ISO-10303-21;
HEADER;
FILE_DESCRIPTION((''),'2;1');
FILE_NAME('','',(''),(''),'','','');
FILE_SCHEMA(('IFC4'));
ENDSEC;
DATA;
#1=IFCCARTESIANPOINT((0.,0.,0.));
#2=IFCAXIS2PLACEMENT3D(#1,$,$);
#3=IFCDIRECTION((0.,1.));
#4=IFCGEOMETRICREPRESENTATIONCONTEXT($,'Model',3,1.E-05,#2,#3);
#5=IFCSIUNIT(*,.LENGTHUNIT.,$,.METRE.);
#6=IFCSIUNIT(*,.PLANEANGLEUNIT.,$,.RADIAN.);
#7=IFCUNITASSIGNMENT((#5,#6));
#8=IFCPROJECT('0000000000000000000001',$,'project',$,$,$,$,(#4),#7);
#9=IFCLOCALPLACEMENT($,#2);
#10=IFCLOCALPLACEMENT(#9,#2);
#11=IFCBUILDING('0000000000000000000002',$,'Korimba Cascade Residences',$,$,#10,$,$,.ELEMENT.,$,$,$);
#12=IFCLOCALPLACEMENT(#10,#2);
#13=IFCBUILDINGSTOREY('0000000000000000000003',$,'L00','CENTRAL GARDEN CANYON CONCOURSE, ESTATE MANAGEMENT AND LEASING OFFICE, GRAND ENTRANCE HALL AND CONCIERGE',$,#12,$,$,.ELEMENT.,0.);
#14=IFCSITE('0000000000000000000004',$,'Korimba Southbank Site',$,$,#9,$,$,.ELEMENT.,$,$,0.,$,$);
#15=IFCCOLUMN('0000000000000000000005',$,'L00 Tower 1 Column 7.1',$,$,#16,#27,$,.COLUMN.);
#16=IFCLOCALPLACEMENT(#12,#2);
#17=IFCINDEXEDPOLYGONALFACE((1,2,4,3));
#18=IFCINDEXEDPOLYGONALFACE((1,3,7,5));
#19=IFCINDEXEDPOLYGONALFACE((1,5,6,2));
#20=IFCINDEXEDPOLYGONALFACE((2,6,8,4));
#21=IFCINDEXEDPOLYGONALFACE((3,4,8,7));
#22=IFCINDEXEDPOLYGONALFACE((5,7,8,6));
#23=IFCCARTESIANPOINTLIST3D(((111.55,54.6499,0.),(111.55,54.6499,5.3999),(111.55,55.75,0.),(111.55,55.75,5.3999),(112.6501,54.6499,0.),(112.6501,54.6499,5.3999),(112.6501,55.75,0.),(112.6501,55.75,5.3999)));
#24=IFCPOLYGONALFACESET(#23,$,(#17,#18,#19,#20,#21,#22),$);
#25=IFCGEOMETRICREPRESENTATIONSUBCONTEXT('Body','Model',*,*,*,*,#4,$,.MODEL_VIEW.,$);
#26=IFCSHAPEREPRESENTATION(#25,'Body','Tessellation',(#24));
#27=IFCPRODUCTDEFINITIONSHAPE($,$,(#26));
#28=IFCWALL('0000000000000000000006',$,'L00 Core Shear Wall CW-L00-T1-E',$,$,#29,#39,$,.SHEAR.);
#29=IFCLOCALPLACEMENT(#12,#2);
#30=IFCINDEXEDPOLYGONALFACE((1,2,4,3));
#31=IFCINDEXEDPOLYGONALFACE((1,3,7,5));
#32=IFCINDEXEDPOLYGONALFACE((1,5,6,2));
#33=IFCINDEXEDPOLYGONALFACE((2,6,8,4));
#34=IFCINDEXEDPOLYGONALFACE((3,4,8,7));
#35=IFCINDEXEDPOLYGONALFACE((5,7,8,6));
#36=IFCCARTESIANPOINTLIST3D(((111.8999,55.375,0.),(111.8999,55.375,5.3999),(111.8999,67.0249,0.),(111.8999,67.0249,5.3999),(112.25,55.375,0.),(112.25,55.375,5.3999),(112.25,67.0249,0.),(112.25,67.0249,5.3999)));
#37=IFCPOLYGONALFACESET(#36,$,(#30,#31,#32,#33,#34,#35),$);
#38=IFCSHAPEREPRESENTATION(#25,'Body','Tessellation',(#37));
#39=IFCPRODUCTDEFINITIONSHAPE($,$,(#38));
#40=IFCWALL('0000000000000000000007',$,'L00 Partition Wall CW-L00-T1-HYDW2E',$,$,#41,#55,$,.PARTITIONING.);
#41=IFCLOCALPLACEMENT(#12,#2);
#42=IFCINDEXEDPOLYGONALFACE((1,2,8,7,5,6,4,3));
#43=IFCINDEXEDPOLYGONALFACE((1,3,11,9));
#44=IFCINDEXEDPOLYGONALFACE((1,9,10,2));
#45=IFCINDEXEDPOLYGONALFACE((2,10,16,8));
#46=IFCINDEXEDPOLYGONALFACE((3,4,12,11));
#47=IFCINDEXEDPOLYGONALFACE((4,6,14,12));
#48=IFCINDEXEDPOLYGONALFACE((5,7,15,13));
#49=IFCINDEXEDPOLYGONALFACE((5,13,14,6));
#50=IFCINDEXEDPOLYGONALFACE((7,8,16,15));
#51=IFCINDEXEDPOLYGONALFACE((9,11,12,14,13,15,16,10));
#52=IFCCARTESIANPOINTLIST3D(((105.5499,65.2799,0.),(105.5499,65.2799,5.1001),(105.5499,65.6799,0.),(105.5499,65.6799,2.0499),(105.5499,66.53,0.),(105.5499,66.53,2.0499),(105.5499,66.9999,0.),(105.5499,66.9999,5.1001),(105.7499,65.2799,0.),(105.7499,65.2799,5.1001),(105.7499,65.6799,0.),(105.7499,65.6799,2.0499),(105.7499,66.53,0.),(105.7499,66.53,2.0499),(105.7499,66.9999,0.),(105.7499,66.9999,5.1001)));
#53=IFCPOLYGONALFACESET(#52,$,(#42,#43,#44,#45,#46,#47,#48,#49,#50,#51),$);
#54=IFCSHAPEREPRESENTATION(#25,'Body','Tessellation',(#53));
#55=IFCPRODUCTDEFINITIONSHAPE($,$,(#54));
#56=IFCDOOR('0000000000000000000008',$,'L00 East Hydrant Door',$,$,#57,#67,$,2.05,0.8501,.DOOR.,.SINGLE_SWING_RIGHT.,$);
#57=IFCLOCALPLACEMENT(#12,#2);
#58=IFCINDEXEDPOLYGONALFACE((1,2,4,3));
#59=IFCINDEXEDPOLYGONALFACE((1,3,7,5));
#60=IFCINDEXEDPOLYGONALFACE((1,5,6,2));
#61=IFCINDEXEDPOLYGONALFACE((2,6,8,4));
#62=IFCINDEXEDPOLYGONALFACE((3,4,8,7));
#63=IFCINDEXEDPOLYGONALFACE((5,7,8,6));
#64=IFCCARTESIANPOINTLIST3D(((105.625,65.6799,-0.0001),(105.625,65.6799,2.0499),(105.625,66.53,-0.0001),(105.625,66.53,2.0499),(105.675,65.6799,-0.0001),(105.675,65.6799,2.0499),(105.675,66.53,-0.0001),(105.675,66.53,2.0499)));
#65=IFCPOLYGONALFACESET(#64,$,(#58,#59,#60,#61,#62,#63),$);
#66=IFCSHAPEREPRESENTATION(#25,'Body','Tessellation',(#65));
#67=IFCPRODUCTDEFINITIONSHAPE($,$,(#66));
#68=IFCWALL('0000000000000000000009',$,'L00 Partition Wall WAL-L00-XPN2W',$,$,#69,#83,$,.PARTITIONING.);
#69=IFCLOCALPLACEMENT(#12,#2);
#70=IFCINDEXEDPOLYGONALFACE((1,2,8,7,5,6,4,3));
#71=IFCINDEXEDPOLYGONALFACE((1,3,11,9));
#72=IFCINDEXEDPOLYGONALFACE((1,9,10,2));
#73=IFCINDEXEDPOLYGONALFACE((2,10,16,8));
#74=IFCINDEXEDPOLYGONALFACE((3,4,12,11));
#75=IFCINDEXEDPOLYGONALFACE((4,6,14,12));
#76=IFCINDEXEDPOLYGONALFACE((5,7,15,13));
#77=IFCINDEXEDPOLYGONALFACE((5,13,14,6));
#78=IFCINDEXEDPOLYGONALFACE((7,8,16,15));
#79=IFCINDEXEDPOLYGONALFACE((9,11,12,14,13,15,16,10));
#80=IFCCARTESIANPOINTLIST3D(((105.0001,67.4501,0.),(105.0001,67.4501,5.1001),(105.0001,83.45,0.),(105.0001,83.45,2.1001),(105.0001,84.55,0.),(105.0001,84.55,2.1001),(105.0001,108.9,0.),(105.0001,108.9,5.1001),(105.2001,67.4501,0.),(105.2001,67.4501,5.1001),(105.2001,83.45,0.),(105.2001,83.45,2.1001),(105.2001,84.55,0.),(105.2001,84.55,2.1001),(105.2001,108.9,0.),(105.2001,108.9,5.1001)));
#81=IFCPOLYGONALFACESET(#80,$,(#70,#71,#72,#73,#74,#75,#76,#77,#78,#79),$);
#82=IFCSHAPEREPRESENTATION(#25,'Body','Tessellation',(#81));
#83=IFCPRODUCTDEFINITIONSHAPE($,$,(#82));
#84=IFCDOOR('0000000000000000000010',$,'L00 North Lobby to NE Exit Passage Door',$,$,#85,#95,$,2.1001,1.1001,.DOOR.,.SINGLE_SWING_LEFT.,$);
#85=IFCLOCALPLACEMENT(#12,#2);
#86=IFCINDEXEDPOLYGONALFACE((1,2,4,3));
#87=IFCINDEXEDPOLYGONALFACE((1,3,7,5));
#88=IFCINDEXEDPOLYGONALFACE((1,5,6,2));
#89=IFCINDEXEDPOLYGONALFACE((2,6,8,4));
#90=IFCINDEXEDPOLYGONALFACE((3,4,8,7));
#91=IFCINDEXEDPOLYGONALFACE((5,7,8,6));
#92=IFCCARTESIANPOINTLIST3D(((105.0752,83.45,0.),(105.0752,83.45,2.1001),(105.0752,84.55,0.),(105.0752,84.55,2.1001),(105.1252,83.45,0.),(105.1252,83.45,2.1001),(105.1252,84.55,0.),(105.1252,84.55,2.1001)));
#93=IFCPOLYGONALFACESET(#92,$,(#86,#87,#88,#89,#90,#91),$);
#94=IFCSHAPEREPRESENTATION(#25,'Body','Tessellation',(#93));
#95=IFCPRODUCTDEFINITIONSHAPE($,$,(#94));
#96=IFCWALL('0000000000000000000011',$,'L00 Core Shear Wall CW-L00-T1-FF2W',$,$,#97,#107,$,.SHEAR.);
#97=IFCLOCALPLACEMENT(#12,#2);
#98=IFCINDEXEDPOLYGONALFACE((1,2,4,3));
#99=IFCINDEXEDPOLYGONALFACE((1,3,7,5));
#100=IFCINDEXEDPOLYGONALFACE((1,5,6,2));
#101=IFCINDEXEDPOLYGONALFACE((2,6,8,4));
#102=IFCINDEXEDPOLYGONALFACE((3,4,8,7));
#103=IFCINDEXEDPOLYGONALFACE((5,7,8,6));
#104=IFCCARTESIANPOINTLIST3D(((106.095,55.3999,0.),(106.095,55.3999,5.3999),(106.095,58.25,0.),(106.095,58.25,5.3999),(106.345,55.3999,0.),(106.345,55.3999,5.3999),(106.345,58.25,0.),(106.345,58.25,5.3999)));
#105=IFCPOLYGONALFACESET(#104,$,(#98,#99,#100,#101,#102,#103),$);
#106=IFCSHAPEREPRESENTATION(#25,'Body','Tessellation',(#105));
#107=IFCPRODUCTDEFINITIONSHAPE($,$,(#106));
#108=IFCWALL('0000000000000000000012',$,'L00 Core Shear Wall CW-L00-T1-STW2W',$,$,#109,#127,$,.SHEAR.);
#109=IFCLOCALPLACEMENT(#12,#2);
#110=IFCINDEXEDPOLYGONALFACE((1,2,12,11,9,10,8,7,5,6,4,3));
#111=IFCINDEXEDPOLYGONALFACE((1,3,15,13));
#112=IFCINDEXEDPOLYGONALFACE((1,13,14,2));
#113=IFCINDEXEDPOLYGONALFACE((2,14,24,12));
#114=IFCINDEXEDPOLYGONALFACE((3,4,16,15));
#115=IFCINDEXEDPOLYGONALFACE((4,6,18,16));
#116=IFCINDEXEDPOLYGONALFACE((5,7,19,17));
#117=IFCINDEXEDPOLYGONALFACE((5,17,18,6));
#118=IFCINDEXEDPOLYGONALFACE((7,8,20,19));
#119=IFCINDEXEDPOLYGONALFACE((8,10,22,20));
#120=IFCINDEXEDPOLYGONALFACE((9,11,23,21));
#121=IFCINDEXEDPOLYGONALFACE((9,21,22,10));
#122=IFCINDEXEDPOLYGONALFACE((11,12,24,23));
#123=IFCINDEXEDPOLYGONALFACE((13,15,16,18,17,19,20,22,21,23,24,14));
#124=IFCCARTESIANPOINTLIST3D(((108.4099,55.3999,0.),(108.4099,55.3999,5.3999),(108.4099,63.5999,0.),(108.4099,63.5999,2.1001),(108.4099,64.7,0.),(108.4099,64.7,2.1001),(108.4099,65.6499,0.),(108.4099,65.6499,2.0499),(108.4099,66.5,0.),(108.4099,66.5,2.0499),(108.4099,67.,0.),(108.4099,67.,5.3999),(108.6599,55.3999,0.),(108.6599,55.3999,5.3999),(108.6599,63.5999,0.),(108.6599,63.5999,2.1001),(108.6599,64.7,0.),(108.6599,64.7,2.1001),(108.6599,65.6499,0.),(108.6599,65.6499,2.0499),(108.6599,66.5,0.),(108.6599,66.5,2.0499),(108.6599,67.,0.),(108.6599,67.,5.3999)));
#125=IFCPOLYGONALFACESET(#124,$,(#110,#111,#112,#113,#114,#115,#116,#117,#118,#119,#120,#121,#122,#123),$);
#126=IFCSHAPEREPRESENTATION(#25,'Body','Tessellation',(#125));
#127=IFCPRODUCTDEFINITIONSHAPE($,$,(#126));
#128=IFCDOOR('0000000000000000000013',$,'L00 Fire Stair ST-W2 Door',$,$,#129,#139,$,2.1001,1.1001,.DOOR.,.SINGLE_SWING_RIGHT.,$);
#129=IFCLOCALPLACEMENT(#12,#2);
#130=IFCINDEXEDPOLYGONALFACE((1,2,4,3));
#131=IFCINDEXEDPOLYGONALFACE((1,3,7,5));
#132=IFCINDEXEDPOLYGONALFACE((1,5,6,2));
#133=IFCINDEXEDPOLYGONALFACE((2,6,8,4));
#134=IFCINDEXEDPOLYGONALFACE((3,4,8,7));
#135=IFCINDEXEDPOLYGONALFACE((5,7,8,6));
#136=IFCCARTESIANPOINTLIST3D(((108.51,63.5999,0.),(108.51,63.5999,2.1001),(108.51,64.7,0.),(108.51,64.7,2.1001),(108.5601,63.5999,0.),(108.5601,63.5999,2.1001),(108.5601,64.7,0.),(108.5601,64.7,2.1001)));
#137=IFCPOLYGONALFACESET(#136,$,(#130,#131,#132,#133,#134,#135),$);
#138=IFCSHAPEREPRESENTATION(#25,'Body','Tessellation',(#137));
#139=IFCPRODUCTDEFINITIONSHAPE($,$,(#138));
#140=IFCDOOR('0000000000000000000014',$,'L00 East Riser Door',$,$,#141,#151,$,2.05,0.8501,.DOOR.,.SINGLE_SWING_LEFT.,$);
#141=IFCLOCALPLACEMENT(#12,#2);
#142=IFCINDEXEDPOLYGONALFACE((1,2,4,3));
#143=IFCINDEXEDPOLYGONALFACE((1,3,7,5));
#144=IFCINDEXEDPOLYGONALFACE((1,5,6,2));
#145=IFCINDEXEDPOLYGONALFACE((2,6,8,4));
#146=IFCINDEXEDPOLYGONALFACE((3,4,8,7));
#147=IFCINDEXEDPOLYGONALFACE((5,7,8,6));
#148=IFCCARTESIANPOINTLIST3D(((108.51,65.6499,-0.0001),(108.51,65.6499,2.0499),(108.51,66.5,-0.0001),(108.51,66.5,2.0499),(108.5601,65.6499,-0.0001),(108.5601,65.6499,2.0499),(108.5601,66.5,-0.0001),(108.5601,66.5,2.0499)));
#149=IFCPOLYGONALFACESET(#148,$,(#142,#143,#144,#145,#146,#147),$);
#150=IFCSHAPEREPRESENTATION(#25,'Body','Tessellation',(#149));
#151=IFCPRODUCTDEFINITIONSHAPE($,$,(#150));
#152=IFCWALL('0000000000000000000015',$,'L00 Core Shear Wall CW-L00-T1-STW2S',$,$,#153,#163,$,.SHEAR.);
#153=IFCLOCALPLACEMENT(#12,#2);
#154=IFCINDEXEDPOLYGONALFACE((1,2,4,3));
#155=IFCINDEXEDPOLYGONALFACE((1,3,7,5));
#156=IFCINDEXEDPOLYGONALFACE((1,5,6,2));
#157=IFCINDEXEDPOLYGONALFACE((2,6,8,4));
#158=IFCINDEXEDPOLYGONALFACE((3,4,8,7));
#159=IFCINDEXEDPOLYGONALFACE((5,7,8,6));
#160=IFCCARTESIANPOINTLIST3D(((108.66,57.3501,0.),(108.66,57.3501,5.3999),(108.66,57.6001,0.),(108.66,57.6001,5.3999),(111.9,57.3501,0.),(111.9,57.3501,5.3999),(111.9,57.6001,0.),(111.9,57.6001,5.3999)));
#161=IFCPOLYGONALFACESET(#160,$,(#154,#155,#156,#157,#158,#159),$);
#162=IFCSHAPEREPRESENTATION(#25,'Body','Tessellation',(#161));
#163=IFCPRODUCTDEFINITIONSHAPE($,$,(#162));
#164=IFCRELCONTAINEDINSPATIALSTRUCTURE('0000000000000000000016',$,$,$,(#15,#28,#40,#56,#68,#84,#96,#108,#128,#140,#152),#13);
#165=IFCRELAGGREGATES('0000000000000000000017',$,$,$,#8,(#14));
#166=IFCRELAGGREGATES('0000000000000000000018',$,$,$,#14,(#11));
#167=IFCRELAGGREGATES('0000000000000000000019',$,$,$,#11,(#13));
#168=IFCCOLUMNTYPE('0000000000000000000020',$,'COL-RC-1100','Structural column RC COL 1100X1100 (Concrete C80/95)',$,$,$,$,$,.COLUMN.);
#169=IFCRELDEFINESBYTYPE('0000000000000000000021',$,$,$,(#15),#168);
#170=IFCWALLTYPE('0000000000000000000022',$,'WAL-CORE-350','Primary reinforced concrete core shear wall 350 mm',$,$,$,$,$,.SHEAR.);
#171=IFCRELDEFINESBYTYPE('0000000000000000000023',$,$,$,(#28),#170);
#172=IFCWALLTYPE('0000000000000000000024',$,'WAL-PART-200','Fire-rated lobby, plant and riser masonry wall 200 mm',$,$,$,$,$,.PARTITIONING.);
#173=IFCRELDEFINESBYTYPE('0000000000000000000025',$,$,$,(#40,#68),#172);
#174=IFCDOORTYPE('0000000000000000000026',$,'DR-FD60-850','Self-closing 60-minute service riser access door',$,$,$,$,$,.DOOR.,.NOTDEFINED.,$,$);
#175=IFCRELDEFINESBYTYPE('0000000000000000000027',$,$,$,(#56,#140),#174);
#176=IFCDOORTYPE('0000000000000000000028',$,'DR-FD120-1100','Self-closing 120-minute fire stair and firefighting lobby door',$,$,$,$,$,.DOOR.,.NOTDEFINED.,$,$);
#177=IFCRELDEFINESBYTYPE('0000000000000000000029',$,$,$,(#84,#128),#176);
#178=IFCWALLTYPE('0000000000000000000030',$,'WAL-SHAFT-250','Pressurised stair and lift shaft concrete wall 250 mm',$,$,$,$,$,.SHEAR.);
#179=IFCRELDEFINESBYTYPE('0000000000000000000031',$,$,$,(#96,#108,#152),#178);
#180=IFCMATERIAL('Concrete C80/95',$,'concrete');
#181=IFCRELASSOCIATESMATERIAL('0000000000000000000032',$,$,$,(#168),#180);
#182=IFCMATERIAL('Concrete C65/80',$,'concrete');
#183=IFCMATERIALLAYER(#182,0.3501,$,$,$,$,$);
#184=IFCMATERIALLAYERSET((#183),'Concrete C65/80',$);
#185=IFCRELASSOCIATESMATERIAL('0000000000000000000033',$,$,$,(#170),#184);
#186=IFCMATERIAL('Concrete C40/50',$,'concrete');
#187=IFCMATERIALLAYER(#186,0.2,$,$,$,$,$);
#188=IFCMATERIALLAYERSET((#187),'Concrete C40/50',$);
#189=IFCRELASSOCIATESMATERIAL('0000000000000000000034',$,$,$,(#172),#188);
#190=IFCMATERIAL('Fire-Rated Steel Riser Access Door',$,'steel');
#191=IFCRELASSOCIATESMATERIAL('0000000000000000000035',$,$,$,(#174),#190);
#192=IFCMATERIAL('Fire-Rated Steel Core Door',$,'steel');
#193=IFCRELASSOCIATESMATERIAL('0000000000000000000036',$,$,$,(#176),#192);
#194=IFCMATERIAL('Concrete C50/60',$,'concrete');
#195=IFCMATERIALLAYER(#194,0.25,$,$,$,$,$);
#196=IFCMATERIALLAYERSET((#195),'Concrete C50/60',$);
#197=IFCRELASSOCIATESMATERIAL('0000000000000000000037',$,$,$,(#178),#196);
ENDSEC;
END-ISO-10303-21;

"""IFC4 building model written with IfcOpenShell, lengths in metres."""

from ifc_helpers import new_model, si_unit, direction, frame, frame_2d, origin, origin_2d, place, context, subcontext, project, spatial, rectangle, extrude, material, layer, layer_set, material_profile, profile_set, type_object, element, fill, save


model = new_model("IFC4")

# Units and contexts
model_context = context("Model", 3, precision=1e-05, world=origin(), true_north=direction((0.0, 1.0)))
body_context = subcontext(model_context, "Body", "Model", "MODEL_VIEW")
ifc_project = project(units=[si_unit("LENGTHUNIT", "METRE"), si_unit("PLANEANGLEUNIT", "RADIAN")], contexts=[model_context])

# Site, building, storey
site_placement = place(None, origin())
site = spatial("IfcSite", under=ifc_project, at=site_placement, Name="Korimba Southbank Site", CompositionType="ELEMENT", RefElevation=0.0)
building_placement = place(site_placement, origin())
building = spatial("IfcBuilding", under=site, at=building_placement, Name="Korimba Cascade Residences", CompositionType="ELEMENT")
storey_placement = place(building_placement, origin())
storey = spatial("IfcBuildingStorey", under=building, at=storey_placement, Name="L00", Description="CENTRAL GARDEN CANYON CONCOURSE, ESTATE MANAGEMENT AND LEASING OFFICE, GRAND ENTRANCE HALL AND CONCIERGE", CompositionType="ELEMENT", Elevation=0.0)

# Column
ifc_material_1 = material(Name="Concrete C80/95", Category="concrete")
ifc_material_profile = material_profile(ifc_material_1, rectangle(XDim=1.1001, YDim=1.1001, at=origin_2d()), Name="Concrete C80/95")
ifc_profile_set = profile_set([ifc_material_profile], Name="Concrete C80/95")
column_type = type_object("IfcColumnType", Name="COL-RC-1100", Description="Structural column RC COL 1100X1100 (Concrete C80/95)", PredefinedType="COLUMN", material=ifc_profile_set)
column_placement = place(storey_placement, frame((112.1001, 55.2, 0.0), z_axis=(0.0, 0.0, 1.0), x_axis=(1.0, 0.0, 0.0)))
element("IfcColumn", 1, at=column_placement, inside=storey, type_object=column_type, Name="L00 Tower 1 Column 7.1", PredefinedType="COLUMN", context=body_context, shape_type="SweptSolid", body=[
    extrude(rectangle(XDim=1.1001, YDim=1.1001, at=origin_2d()), origin(), (0.0, 0.0, 1.0), 5.3999),
])

# Wall
ifc_material_2 = material(Name="Concrete C65/80", Category="concrete")
ifc_layer_1 = layer(ifc_material_2, 0.3501)
ifc_layer_set_1 = layer_set([ifc_layer_1], Name="Concrete C65/80")
wall_type_1 = type_object("IfcWallType", Name="WAL-CORE-350", Description="Primary reinforced concrete core shear wall 350 mm", PredefinedType="SHEAR", material=ifc_layer_set_1)
wall_1_placement = place(storey_placement, frame((112.075, 55.375, 0.0), z_axis=(0.0, 0.0, 1.0), x_axis=(0.0, 1.0, 0.0)))
element("IfcWall", 2, at=wall_1_placement, inside=storey, type_object=wall_type_1, Name="L00 Core Shear Wall CW-L00-T1-E", PredefinedType="SHEAR", context=body_context, shape_type="SweptSolid", body=[
    extrude(rectangle(XDim=11.6499, YDim=0.3501, at=frame_2d((5.825, 0.0))), origin(), (0.0, 0.0, 1.0), 5.3999),
])

# Walls, openings, doors
ifc_material_3 = material(Name="Concrete C40/50", Category="concrete")
ifc_layer_2 = layer(ifc_material_3, 0.2)
ifc_layer_set_2 = layer_set([ifc_layer_2], Name="Concrete C40/50")
wall_type_2 = type_object("IfcWallType", Name="WAL-PART-200", Description="Fire-rated lobby, plant and riser masonry wall 200 mm", PredefinedType="PARTITIONING", material=ifc_layer_set_2)
wall_2_placement = place(storey_placement, frame((105.6499, 65.28, 0.0), z_axis=(0.0, 0.0, 1.0), x_axis=(0.0, 1.0, 0.0)))
wall_2 = element("IfcWall", 3, at=wall_2_placement, inside=storey, type_object=wall_type_2, Name="L00 Partition Wall CW-L00-T1-HYDW2E", PredefinedType="PARTITIONING", context=body_context, shape_type="SweptSolid", body=[
    extrude(rectangle(XDim=1.72, YDim=0.2, at=frame_2d((0.8599, 0.0))), origin(), (0.0, 0.0, 1.0), 5.1001),
])
opening_1_placement = place(wall_2_placement, frame((0.3999, 0.0, 0.0)))
opening_1 = element("IfcOpeningElement", 4, at=opening_1_placement, cuts=wall_2, PredefinedType="OPENING", context=body_context, shape_type="SweptSolid", body=[
    extrude(rectangle(XDim=0.8501, YDim=2.05, at=frame_2d((0.425, 1.0249))), frame((0.0, 0.1099, 0.0), z_axis=(0.0, -1.0, 0.0), x_axis=(1.0, 0.0, 0.0)), (0.0, 0.0, 1.0), 0.22),
])
ifc_material_4 = material(Name="Fire-Rated Steel Riser Access Door", Category="steel")
door_type_1 = type_object("IfcDoorType", Name="DR-FD60-850", Description="Self-closing 60-minute service riser access door", OperationType="NOTDEFINED", PredefinedType="DOOR", material=ifc_material_4)
door_1_placement = place(opening_1_placement, origin())
door_1 = element("IfcDoor", 5, at=door_1_placement, inside=storey, type_object=door_type_1, Name="L00 East Hydrant Door", OperationType="SINGLE_SWING_RIGHT", OverallHeight=2.05, OverallWidth=0.8501, PredefinedType="DOOR", context=body_context, shape_type="SweptSolid", body=[
    extrude(rectangle(XDim=0.8501, YDim=2.05, at=frame_2d((0.425, 1.0249))), frame((0.0, 0.0249, 0.0), z_axis=(0.0, -1.0, 0.0), x_axis=(1.0, 0.0, 0.0)), (0.0, 0.0, 1.0), 0.05),
])
fill(opening_1, door_1)
wall_3_placement = place(storey_placement, frame((105.1001, 67.45, 0.0), z_axis=(0.0, 0.0, 1.0), x_axis=(0.0, 1.0, 0.0)))
wall_3 = element("IfcWall", 6, at=wall_3_placement, inside=storey, type_object=wall_type_2, Name="L00 Partition Wall WAL-L00-XPN2W", PredefinedType="PARTITIONING", context=body_context, shape_type="SweptSolid", body=[
    extrude(rectangle(XDim=41.45, YDim=0.2, at=frame_2d((20.7251, 0.0))), origin(), (0.0, 0.0, 1.0), 5.1001),
])
opening_2_placement = place(wall_3_placement, frame((16.0, 0.0, 0.0)))
opening_2 = element("IfcOpeningElement", 7, at=opening_2_placement, cuts=wall_3, PredefinedType="OPENING", context=body_context, shape_type="SweptSolid", body=[
    extrude(rectangle(XDim=1.1001, YDim=2.1001, at=frame_2d((0.55, 1.05))), frame((0.0, 0.1099, 0.0), z_axis=(0.0, -1.0, 0.0), x_axis=(1.0, 0.0, 0.0)), (0.0, 0.0, 1.0), 0.22),
])
ifc_material_5 = material(Name="Fire-Rated Steel Core Door", Category="steel")
door_type_2 = type_object("IfcDoorType", Name="DR-FD120-1100", Description="Self-closing 120-minute fire stair and firefighting lobby door", OperationType="NOTDEFINED", PredefinedType="DOOR", material=ifc_material_5)
door_2_placement = place(opening_2_placement, origin())
door_2 = element("IfcDoor", 8, at=door_2_placement, inside=storey, type_object=door_type_2, Name="L00 North Lobby to NE Exit Passage Door", OperationType="SINGLE_SWING_LEFT", OverallHeight=2.1001, OverallWidth=1.1001, PredefinedType="DOOR", context=body_context, shape_type="SweptSolid", body=[
    extrude(rectangle(XDim=1.1001, YDim=2.1001, at=frame_2d((0.55, 1.05))), frame((0.0, 0.0249, 0.0), z_axis=(0.0, -1.0, 0.0), x_axis=(1.0, 0.0, 0.0)), (0.0, 0.0, 1.0), 0.05),
])
fill(opening_2, door_2)

# Wall
ifc_material_6 = material(Name="Concrete C50/60", Category="concrete")
ifc_layer_3 = layer(ifc_material_6, 0.25)
ifc_layer_set_3 = layer_set([ifc_layer_3], Name="Concrete C50/60")
wall_type_3 = type_object("IfcWallType", Name="WAL-SHAFT-250", Description="Pressurised stair and lift shaft concrete wall 250 mm", PredefinedType="SHEAR", material=ifc_layer_set_3)
wall_4_placement = place(storey_placement, frame((106.22, 55.3999, 0.0), z_axis=(0.0, 0.0, 1.0), x_axis=(0.0, 1.0, 0.0)))
element("IfcWall", 9, at=wall_4_placement, inside=storey, type_object=wall_type_3, Name="L00 Core Shear Wall CW-L00-T1-FF2W", PredefinedType="SHEAR", context=body_context, shape_type="SweptSolid", body=[
    extrude(rectangle(XDim=2.8501, YDim=0.25, at=frame_2d((1.425, 0.0))), origin(), (0.0, 0.0, 1.0), 5.3999),
])

# Wall, openings, doors
wall_5_placement = place(storey_placement, frame((108.5349, 55.3999, 0.0), z_axis=(0.0, 0.0, 1.0), x_axis=(0.0, 1.0, 0.0)))
wall_5 = element("IfcWall", 10, at=wall_5_placement, inside=storey, type_object=wall_type_3, Name="L00 Core Shear Wall CW-L00-T1-STW2W", PredefinedType="SHEAR", context=body_context, shape_type="SweptSolid", body=[
    extrude(rectangle(XDim=11.6001, YDim=0.25, at=frame_2d((5.8, 0.0))), origin(), (0.0, 0.0, 1.0), 5.3999),
])
opening_3_placement = place(wall_5_placement, frame((8.2, 0.0, 0.0)))
opening_3 = element("IfcOpeningElement", 11, at=opening_3_placement, cuts=wall_5, PredefinedType="OPENING", context=body_context, shape_type="SweptSolid", body=[
    extrude(rectangle(XDim=1.1001, YDim=2.1001, at=frame_2d((0.55, 1.05))), frame((0.0, 0.135, 0.0), z_axis=(0.0, -1.0, 0.0), x_axis=(1.0, 0.0, 0.0)), (0.0, 0.0, 1.0), 0.27),
])
opening_4_placement = place(wall_5_placement, frame((10.25, 0.0, 0.0)))
opening_4 = element("IfcOpeningElement", 12, at=opening_4_placement, cuts=wall_5, PredefinedType="OPENING", context=body_context, shape_type="SweptSolid", body=[
    extrude(rectangle(XDim=0.8501, YDim=2.05, at=frame_2d((0.425, 1.0249))), frame((0.0, 0.135, 0.0), z_axis=(0.0, -1.0, 0.0), x_axis=(1.0, 0.0, 0.0)), (0.0, 0.0, 1.0), 0.27),
])
door_3_placement = place(opening_3_placement, origin())
door_3 = element("IfcDoor", 13, at=door_3_placement, inside=storey, type_object=door_type_2, Name="L00 Fire Stair ST-W2 Door", OperationType="SINGLE_SWING_RIGHT", OverallHeight=2.1001, OverallWidth=1.1001, PredefinedType="DOOR", context=body_context, shape_type="SweptSolid", body=[
    extrude(rectangle(XDim=1.1001, YDim=2.1001, at=frame_2d((0.55, 1.05))), frame((0.0, 0.0249, 0.0), z_axis=(0.0, -1.0, 0.0), x_axis=(1.0, 0.0, 0.0)), (0.0, 0.0, 1.0), 0.05),
])
fill(opening_3, door_3)
door_4_placement = place(opening_4_placement, origin())
door_4 = element("IfcDoor", 14, at=door_4_placement, inside=storey, type_object=door_type_1, Name="L00 East Riser Door", OperationType="SINGLE_SWING_LEFT", OverallHeight=2.05, OverallWidth=0.8501, PredefinedType="DOOR", context=body_context, shape_type="SweptSolid", body=[
    extrude(rectangle(XDim=0.8501, YDim=2.05, at=frame_2d((0.425, 1.0249))), frame((0.0, 0.0249, 0.0), z_axis=(0.0, -1.0, 0.0), x_axis=(1.0, 0.0, 0.0)), (0.0, 0.0, 1.0), 0.05),
])
fill(opening_4, door_4)

# Wall
for number, where, z_axis, x_axis, name in (
    (15, (108.6599, 57.4751, 0.0), (0.0, 0.0, 1.0), (1.0, 0.0, 0.0), "L00 Core Shear Wall CW-L00-T1-STW2S"),
):
    element("IfcWall", number, at=place(storey_placement, frame(where, z_axis=z_axis, x_axis=x_axis)), inside=storey, type_object=wall_type_3, Name=name, PredefinedType="SHEAR", context=body_context, shape_type="SweptSolid", body=[
        extrude(rectangle(XDim=3.24, YDim=0.25, at=frame_2d((1.6201, 0.0))), origin(), (0.0, 0.0, 1.0), 5.3999),
    ])

save(model, "model.ifc")
